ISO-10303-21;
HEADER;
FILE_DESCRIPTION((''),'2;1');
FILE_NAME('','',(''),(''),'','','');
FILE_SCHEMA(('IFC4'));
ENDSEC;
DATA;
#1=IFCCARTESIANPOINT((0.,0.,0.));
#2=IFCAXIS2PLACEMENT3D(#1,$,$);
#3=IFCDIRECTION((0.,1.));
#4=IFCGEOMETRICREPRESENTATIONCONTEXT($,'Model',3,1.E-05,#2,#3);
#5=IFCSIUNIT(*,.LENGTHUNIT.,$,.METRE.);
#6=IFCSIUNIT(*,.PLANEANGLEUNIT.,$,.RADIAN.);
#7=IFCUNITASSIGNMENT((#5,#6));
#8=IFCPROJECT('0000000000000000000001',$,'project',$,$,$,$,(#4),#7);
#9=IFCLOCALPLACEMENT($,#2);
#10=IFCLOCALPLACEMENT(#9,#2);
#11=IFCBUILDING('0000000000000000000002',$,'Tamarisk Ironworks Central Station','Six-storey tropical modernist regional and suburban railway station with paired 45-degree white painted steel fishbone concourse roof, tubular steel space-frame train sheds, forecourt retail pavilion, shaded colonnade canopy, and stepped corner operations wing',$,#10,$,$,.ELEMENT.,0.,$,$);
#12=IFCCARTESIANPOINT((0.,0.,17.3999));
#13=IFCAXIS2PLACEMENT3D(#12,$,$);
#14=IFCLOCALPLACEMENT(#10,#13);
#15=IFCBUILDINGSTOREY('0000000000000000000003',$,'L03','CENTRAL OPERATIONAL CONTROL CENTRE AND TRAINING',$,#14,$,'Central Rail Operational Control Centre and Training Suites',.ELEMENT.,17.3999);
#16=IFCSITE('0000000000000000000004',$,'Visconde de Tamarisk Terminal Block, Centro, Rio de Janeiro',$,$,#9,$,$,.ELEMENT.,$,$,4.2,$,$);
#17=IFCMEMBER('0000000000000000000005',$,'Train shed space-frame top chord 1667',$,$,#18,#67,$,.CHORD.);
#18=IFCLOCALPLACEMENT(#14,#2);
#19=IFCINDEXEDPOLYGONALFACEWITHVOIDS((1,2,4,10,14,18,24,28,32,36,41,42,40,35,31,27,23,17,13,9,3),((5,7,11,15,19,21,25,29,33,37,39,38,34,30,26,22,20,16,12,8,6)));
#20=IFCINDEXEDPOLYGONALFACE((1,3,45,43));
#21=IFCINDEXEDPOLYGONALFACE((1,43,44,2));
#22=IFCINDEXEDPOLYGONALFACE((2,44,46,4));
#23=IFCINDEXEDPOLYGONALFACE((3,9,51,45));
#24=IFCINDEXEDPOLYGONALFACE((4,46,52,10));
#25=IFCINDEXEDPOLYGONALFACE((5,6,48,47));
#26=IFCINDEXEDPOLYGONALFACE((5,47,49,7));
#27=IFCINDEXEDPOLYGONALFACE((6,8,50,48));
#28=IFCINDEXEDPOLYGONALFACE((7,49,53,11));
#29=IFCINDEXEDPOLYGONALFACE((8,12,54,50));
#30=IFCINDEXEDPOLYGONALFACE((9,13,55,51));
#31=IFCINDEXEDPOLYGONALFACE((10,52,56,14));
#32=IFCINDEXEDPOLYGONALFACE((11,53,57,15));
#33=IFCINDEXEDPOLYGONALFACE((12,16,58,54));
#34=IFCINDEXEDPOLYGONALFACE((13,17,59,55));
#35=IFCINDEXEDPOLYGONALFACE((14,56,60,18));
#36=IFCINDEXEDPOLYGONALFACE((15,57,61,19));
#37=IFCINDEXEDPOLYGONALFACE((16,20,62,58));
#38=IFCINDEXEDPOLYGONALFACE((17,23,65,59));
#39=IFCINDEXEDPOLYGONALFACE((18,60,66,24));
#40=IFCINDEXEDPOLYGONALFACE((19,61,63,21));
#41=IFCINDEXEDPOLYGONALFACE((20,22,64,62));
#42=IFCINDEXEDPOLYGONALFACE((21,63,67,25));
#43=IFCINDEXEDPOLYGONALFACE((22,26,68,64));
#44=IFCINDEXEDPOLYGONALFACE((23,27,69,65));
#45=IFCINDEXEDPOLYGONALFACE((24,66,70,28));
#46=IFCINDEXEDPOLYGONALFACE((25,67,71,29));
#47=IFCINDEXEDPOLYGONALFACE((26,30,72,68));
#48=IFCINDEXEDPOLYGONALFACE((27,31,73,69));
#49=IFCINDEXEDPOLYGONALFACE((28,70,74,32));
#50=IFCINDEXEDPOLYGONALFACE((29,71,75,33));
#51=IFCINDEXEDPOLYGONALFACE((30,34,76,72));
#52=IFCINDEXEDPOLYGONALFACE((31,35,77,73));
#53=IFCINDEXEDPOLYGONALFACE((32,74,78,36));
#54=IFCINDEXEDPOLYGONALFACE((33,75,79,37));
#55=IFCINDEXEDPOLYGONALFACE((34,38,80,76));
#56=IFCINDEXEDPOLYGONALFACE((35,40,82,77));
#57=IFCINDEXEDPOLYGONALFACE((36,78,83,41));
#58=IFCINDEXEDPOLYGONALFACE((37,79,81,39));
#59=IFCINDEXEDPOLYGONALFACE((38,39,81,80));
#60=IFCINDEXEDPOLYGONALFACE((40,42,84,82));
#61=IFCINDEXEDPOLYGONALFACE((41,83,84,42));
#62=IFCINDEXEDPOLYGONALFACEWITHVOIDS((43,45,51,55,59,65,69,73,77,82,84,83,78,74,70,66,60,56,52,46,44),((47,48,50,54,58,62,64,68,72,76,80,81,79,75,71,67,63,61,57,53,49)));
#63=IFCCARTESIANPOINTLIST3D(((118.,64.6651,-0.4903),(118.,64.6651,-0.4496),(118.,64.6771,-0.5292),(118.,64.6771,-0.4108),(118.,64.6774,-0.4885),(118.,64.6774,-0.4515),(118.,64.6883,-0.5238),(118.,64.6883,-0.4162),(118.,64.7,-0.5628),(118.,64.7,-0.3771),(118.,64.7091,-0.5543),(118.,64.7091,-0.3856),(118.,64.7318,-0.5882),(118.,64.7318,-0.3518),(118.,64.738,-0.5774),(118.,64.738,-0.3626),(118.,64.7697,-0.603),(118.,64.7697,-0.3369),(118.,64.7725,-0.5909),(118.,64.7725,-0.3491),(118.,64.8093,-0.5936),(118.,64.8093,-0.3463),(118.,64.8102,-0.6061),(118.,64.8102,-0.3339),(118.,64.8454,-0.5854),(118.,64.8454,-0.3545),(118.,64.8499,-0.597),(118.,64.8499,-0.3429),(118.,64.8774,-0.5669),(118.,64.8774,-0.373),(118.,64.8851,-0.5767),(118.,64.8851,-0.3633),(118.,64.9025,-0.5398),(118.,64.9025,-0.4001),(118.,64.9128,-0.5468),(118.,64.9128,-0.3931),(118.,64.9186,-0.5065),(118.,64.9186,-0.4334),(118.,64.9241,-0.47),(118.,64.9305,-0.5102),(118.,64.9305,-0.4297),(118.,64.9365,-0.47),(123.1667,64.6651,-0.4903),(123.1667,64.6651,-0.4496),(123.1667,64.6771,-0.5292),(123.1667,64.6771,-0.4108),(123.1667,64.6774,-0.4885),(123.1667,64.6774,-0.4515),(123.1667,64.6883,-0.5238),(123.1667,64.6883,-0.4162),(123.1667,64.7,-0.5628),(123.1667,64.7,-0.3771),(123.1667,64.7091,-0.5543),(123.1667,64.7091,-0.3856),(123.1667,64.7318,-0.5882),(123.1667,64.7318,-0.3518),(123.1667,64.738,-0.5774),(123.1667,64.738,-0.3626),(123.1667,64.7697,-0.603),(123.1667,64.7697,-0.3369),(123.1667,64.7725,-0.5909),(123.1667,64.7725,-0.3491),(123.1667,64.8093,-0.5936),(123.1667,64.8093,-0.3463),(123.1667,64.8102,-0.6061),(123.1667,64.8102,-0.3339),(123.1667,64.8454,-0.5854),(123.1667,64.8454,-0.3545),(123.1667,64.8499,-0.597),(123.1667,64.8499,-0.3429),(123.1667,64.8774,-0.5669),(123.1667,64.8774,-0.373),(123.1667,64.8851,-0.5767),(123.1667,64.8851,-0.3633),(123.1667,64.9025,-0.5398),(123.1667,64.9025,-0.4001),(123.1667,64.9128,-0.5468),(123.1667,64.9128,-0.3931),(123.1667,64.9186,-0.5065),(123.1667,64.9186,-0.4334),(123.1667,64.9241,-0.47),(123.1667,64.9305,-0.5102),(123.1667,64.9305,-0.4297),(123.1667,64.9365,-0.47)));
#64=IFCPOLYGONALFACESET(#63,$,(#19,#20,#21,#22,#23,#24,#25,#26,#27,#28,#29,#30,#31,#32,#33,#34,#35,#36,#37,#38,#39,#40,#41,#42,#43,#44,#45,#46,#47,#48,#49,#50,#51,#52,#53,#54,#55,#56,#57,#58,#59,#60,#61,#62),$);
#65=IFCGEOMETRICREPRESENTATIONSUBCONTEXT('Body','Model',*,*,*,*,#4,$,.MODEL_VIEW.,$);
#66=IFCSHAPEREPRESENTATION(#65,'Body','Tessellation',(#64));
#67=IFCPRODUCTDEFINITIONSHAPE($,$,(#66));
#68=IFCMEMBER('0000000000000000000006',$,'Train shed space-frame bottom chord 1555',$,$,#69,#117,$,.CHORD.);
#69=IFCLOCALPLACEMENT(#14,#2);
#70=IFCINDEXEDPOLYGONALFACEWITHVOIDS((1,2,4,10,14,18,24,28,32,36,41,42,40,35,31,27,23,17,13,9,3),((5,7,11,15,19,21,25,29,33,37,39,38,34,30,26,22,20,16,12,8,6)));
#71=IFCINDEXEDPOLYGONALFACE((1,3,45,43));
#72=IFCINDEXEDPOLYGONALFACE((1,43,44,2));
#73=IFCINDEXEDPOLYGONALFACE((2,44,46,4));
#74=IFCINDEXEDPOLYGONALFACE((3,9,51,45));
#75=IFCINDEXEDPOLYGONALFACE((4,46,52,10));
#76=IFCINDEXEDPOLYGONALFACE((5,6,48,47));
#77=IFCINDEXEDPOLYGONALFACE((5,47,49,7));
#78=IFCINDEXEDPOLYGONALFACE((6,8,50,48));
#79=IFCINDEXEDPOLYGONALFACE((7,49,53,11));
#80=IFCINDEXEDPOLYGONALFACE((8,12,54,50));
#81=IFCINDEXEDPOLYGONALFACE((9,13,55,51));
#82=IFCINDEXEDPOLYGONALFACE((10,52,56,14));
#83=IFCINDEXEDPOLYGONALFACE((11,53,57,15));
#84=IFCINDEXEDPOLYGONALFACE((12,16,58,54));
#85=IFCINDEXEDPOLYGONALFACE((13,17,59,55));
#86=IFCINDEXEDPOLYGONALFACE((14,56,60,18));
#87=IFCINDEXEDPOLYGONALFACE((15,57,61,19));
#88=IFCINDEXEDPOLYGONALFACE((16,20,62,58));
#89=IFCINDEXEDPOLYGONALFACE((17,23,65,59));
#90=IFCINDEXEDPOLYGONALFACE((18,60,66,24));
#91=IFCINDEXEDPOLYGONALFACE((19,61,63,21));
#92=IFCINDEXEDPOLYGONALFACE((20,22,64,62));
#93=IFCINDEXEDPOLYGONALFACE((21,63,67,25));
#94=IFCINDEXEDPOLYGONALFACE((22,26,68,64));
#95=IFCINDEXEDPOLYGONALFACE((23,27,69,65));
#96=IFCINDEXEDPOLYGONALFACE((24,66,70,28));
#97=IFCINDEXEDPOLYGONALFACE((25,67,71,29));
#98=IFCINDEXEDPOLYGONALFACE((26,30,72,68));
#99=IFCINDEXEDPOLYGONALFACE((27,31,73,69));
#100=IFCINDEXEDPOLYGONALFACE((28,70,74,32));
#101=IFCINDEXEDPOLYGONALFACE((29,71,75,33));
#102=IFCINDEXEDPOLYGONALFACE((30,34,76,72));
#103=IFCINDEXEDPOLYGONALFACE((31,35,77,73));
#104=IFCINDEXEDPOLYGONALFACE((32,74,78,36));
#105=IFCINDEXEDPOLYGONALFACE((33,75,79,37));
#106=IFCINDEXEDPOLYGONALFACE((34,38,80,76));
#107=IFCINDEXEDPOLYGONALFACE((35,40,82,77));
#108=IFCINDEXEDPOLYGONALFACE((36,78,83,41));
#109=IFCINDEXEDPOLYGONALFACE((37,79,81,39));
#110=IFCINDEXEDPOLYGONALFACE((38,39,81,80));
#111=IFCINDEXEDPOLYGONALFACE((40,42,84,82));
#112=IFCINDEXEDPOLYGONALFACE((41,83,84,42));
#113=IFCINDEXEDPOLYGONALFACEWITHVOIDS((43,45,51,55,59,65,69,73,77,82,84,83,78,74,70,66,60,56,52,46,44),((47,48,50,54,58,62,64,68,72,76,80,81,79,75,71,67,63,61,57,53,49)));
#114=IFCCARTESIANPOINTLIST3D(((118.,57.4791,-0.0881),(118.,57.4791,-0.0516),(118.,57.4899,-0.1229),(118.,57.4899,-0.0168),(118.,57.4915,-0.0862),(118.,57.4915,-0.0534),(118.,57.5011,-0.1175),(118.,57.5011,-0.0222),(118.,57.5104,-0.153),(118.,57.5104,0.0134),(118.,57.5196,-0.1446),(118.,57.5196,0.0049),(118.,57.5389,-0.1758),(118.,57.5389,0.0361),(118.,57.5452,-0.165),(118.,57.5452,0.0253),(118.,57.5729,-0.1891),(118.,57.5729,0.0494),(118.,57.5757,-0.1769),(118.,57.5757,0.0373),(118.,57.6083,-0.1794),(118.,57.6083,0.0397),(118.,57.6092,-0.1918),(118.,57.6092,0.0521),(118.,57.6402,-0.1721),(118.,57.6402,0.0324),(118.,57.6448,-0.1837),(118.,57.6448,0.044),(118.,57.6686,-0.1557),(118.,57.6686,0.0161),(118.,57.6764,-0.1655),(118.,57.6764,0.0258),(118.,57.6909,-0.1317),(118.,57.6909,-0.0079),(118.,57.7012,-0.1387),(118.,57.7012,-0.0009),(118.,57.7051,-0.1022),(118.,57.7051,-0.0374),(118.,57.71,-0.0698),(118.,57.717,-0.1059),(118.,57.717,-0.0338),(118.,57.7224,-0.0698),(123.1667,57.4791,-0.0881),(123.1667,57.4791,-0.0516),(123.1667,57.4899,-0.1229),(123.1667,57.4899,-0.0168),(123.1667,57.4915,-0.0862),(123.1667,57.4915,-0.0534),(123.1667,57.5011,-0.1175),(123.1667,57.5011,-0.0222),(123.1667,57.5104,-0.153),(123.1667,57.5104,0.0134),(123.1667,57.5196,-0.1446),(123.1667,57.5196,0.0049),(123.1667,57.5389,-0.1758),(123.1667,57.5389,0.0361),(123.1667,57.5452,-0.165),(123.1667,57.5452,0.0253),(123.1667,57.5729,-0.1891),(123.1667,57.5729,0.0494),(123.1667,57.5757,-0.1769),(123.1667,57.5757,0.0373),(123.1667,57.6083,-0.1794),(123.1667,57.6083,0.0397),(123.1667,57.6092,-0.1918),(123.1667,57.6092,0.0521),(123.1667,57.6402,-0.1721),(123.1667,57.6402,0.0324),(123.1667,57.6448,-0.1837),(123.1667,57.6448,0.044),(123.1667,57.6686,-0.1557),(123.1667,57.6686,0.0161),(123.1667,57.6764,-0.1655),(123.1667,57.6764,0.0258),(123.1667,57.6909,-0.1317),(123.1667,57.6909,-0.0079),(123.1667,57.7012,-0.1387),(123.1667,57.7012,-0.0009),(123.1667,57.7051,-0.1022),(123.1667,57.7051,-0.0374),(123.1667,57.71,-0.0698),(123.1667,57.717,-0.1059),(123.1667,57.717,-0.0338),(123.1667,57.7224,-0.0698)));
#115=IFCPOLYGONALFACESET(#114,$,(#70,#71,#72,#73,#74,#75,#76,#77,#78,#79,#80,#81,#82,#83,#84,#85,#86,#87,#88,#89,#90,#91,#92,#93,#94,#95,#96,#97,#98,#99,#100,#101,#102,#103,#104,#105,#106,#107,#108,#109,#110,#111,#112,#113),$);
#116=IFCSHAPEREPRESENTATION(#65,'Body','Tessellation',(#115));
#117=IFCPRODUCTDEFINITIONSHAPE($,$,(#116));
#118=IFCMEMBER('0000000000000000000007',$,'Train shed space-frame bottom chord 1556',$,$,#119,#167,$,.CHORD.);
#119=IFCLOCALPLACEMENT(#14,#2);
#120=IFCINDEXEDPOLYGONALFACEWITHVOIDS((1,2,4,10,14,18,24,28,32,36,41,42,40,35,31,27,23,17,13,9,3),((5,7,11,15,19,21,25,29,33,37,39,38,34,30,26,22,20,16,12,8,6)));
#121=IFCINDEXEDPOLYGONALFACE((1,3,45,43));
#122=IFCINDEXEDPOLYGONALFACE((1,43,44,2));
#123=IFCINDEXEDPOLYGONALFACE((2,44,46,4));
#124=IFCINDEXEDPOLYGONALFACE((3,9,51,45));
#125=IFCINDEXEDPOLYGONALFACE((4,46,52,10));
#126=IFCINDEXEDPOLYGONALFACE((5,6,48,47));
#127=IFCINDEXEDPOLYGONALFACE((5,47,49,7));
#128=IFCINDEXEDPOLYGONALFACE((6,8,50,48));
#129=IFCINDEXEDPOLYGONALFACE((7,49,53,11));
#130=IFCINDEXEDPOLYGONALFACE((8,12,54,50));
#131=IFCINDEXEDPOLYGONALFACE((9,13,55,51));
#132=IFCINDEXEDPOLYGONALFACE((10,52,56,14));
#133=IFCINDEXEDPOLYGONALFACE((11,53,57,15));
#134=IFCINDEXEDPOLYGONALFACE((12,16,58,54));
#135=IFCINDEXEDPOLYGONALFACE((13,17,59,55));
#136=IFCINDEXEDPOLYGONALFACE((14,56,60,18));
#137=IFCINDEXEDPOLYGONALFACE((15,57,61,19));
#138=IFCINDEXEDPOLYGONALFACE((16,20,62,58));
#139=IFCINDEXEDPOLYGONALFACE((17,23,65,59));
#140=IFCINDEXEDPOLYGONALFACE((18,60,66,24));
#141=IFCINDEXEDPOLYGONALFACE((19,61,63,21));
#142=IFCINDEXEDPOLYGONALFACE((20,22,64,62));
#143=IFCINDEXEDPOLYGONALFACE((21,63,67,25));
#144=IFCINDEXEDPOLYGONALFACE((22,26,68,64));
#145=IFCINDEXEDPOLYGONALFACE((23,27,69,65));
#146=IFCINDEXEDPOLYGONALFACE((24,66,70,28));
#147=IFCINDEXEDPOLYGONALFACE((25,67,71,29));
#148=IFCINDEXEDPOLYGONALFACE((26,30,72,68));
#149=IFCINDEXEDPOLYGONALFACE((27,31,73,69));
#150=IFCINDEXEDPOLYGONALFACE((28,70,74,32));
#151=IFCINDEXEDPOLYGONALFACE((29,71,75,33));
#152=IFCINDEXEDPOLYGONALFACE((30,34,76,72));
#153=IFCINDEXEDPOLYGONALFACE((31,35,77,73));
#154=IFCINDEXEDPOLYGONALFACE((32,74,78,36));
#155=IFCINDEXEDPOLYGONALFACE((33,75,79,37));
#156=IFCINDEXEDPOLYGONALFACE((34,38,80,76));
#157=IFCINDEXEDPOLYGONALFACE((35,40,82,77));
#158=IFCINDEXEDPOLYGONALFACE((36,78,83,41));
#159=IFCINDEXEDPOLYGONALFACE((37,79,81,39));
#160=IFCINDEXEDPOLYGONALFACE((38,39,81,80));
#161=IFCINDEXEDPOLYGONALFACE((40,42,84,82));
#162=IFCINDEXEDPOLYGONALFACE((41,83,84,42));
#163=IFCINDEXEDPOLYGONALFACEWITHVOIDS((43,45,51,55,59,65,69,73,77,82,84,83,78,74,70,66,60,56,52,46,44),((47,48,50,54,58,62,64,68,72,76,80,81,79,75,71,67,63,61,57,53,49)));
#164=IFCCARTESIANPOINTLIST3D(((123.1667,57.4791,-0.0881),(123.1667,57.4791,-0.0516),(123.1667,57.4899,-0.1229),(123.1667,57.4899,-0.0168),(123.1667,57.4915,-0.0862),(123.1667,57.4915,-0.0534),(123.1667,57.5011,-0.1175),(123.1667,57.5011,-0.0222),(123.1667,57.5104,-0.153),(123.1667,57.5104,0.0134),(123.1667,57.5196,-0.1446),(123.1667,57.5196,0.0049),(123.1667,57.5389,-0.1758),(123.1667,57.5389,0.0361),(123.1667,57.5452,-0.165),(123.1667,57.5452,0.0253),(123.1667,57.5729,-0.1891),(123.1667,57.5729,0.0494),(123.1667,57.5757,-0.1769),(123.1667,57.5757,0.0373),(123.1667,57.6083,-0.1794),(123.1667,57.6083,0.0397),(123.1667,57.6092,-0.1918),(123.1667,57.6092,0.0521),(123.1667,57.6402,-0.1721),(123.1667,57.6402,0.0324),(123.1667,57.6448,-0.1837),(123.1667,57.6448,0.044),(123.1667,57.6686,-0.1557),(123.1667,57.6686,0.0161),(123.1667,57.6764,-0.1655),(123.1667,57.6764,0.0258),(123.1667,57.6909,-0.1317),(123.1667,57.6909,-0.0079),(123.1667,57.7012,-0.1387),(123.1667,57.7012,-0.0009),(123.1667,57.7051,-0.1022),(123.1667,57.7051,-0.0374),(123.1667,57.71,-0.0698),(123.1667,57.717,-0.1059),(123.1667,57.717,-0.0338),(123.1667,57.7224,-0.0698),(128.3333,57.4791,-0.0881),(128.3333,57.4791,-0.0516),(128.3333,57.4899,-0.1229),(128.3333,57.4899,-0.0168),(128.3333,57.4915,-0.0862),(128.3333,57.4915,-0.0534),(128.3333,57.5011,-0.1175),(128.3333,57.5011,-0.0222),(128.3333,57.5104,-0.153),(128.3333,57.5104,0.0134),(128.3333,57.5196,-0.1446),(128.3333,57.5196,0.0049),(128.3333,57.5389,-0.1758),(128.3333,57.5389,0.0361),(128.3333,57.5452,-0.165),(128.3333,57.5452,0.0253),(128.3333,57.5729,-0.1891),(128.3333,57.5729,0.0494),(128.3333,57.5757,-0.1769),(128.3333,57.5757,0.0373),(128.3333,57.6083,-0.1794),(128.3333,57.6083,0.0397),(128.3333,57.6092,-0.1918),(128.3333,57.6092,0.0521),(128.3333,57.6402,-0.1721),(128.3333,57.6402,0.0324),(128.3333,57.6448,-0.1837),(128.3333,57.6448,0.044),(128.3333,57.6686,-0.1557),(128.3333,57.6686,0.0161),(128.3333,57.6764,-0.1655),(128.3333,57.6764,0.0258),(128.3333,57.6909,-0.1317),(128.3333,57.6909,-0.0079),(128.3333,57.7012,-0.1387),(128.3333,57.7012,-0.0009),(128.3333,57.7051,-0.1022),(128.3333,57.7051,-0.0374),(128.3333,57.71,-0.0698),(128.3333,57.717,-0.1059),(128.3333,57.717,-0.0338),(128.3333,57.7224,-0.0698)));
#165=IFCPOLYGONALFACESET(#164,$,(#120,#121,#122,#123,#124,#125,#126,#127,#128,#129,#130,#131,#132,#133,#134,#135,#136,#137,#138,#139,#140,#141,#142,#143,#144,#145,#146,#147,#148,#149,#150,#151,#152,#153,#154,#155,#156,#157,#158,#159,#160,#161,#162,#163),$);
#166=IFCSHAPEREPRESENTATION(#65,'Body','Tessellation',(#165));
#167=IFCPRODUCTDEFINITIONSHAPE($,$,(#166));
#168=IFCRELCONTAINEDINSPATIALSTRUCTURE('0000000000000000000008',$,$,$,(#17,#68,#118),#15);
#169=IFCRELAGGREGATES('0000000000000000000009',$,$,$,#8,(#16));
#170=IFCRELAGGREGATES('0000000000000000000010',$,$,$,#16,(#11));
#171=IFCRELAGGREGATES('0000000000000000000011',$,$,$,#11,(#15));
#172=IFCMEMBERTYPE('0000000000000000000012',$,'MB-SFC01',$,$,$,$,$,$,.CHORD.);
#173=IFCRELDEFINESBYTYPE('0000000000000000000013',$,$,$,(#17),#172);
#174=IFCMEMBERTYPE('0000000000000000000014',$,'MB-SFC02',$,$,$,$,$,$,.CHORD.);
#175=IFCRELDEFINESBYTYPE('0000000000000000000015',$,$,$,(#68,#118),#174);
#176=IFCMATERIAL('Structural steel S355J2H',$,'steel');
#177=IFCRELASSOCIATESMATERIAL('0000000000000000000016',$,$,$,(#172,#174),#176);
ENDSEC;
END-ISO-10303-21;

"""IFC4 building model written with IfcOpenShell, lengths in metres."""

from ifc_helpers import new_model, si_unit, direction, frame, origin, origin_2d, place, context, subcontext, project, spatial, hollow_circle, extrude, material, material_profile, profile_set, type_object, element, save


model = new_model("IFC4")

# Units and contexts
model_context = context("Model", 3, precision=1e-05, world=origin(), true_north=direction((0.0, 1.0)))
body_context = subcontext(model_context, "Body", "Model", "MODEL_VIEW")
ifc_project = project(units=[si_unit("LENGTHUNIT", "METRE"), si_unit("PLANEANGLEUNIT", "RADIAN")], contexts=[model_context])

# Site, building, storey
site_placement = place(None, origin())
site = spatial("IfcSite", under=ifc_project, at=site_placement, Name="Visconde de Tamarisk Terminal Block, Centro, Rio de Janeiro", CompositionType="ELEMENT", RefElevation=4.2)
building_placement = place(site_placement, origin())
building = spatial("IfcBuilding", under=site, at=building_placement, Name="Tamarisk Ironworks Central Station", Description="Six-storey tropical modernist regional and suburban railway station with paired 45-degree white painted steel fishbone concourse roof, tubular steel space-frame train sheds, forecourt retail pavilion, shaded colonnade canopy, and stepped corner operations wing", CompositionType="ELEMENT", ElevationOfRefHeight=0.0)
storey_placement = place(building_placement, frame((0.0, 0.0, 17.3999)))
storey = spatial("IfcBuildingStorey", under=building, at=storey_placement, Name="L03", Description="CENTRAL OPERATIONAL CONTROL CENTRE AND TRAINING", LongName="Central Rail Operational Control Centre and Training Suites", CompositionType="ELEMENT", Elevation=17.3999)

# Members
ifc_material_1 = material(Name="Structural steel S355J2H", Category="steel")
ifc_material_profile_1 = material_profile(ifc_material_1, hollow_circle(Radius=0.1365, WallThickness=0.0125, at=origin_2d()), Name="CHS 273x12.5")
ifc_profile_set_1 = profile_set([ifc_material_profile_1], Name="Structural steel S355J2H")
member_type_1 = type_object("IfcMemberType", Name="MB-SFC01", PredefinedType="CHORD", material=ifc_profile_set_1)
for number, where, z_axis, x_axis, name in (
    (1, (118.0, 64.8, -0.47), (1.0, 0.0, 0.0), (0.0, 1.0, 0.0), "Train shed space-frame top chord 1667"),
):
    element("IfcMember", number, at=place(storey_placement, frame(where, z_axis=z_axis, x_axis=x_axis)), inside=storey, type_object=member_type_1, Name=name, PredefinedType="CHORD", context=body_context, shape_type="SweptSolid", body=[
        extrude(hollow_circle(Radius=0.1365, WallThickness=0.0125, at=origin_2d()), origin(), (0.0, 0.0, 1.0), 5.1667),
    ])
ifc_material_profile_2 = material_profile(ifc_material_1, hollow_circle(Radius=0.1223, WallThickness=0.0125, at=origin_2d()), Name="CHS 244.5x12.5")
ifc_profile_set_2 = profile_set([ifc_material_profile_2], Name="Structural steel S355J2H")
member_type_2 = type_object("IfcMemberType", Name="MB-SFC02", PredefinedType="CHORD", material=ifc_profile_set_2)
member_1_placement = place(storey_placement, frame((118.0, 57.6001, -0.0698), z_axis=(1.0, 0.0, 0.0), x_axis=(0.0, 1.0, 0.0)))
element("IfcMember", 2, at=member_1_placement, inside=storey, type_object=member_type_2, Name="Train shed space-frame bottom chord 1555", PredefinedType="CHORD", context=body_context, shape_type="SweptSolid", body=[
    extrude(hollow_circle(Radius=0.1223, WallThickness=0.0125, at=origin_2d()), origin(), (0.0, 0.0, 1.0), 5.1667),
])
member_2_placement = place(storey_placement, frame((123.1667, 57.6001, -0.0698), z_axis=(1.0, 0.0, 0.0), x_axis=(0.0, 1.0, 0.0)))
element("IfcMember", 3, at=member_2_placement, inside=storey, type_object=member_type_2, Name="Train shed space-frame bottom chord 1556", PredefinedType="CHORD", context=body_context, shape_type="SweptSolid", body=[
    extrude(hollow_circle(Radius=0.1223, WallThickness=0.0125, at=origin_2d()), origin(), (0.0, 0.0, 1.0), 5.1665),
])

save(model, "model.ifc")
